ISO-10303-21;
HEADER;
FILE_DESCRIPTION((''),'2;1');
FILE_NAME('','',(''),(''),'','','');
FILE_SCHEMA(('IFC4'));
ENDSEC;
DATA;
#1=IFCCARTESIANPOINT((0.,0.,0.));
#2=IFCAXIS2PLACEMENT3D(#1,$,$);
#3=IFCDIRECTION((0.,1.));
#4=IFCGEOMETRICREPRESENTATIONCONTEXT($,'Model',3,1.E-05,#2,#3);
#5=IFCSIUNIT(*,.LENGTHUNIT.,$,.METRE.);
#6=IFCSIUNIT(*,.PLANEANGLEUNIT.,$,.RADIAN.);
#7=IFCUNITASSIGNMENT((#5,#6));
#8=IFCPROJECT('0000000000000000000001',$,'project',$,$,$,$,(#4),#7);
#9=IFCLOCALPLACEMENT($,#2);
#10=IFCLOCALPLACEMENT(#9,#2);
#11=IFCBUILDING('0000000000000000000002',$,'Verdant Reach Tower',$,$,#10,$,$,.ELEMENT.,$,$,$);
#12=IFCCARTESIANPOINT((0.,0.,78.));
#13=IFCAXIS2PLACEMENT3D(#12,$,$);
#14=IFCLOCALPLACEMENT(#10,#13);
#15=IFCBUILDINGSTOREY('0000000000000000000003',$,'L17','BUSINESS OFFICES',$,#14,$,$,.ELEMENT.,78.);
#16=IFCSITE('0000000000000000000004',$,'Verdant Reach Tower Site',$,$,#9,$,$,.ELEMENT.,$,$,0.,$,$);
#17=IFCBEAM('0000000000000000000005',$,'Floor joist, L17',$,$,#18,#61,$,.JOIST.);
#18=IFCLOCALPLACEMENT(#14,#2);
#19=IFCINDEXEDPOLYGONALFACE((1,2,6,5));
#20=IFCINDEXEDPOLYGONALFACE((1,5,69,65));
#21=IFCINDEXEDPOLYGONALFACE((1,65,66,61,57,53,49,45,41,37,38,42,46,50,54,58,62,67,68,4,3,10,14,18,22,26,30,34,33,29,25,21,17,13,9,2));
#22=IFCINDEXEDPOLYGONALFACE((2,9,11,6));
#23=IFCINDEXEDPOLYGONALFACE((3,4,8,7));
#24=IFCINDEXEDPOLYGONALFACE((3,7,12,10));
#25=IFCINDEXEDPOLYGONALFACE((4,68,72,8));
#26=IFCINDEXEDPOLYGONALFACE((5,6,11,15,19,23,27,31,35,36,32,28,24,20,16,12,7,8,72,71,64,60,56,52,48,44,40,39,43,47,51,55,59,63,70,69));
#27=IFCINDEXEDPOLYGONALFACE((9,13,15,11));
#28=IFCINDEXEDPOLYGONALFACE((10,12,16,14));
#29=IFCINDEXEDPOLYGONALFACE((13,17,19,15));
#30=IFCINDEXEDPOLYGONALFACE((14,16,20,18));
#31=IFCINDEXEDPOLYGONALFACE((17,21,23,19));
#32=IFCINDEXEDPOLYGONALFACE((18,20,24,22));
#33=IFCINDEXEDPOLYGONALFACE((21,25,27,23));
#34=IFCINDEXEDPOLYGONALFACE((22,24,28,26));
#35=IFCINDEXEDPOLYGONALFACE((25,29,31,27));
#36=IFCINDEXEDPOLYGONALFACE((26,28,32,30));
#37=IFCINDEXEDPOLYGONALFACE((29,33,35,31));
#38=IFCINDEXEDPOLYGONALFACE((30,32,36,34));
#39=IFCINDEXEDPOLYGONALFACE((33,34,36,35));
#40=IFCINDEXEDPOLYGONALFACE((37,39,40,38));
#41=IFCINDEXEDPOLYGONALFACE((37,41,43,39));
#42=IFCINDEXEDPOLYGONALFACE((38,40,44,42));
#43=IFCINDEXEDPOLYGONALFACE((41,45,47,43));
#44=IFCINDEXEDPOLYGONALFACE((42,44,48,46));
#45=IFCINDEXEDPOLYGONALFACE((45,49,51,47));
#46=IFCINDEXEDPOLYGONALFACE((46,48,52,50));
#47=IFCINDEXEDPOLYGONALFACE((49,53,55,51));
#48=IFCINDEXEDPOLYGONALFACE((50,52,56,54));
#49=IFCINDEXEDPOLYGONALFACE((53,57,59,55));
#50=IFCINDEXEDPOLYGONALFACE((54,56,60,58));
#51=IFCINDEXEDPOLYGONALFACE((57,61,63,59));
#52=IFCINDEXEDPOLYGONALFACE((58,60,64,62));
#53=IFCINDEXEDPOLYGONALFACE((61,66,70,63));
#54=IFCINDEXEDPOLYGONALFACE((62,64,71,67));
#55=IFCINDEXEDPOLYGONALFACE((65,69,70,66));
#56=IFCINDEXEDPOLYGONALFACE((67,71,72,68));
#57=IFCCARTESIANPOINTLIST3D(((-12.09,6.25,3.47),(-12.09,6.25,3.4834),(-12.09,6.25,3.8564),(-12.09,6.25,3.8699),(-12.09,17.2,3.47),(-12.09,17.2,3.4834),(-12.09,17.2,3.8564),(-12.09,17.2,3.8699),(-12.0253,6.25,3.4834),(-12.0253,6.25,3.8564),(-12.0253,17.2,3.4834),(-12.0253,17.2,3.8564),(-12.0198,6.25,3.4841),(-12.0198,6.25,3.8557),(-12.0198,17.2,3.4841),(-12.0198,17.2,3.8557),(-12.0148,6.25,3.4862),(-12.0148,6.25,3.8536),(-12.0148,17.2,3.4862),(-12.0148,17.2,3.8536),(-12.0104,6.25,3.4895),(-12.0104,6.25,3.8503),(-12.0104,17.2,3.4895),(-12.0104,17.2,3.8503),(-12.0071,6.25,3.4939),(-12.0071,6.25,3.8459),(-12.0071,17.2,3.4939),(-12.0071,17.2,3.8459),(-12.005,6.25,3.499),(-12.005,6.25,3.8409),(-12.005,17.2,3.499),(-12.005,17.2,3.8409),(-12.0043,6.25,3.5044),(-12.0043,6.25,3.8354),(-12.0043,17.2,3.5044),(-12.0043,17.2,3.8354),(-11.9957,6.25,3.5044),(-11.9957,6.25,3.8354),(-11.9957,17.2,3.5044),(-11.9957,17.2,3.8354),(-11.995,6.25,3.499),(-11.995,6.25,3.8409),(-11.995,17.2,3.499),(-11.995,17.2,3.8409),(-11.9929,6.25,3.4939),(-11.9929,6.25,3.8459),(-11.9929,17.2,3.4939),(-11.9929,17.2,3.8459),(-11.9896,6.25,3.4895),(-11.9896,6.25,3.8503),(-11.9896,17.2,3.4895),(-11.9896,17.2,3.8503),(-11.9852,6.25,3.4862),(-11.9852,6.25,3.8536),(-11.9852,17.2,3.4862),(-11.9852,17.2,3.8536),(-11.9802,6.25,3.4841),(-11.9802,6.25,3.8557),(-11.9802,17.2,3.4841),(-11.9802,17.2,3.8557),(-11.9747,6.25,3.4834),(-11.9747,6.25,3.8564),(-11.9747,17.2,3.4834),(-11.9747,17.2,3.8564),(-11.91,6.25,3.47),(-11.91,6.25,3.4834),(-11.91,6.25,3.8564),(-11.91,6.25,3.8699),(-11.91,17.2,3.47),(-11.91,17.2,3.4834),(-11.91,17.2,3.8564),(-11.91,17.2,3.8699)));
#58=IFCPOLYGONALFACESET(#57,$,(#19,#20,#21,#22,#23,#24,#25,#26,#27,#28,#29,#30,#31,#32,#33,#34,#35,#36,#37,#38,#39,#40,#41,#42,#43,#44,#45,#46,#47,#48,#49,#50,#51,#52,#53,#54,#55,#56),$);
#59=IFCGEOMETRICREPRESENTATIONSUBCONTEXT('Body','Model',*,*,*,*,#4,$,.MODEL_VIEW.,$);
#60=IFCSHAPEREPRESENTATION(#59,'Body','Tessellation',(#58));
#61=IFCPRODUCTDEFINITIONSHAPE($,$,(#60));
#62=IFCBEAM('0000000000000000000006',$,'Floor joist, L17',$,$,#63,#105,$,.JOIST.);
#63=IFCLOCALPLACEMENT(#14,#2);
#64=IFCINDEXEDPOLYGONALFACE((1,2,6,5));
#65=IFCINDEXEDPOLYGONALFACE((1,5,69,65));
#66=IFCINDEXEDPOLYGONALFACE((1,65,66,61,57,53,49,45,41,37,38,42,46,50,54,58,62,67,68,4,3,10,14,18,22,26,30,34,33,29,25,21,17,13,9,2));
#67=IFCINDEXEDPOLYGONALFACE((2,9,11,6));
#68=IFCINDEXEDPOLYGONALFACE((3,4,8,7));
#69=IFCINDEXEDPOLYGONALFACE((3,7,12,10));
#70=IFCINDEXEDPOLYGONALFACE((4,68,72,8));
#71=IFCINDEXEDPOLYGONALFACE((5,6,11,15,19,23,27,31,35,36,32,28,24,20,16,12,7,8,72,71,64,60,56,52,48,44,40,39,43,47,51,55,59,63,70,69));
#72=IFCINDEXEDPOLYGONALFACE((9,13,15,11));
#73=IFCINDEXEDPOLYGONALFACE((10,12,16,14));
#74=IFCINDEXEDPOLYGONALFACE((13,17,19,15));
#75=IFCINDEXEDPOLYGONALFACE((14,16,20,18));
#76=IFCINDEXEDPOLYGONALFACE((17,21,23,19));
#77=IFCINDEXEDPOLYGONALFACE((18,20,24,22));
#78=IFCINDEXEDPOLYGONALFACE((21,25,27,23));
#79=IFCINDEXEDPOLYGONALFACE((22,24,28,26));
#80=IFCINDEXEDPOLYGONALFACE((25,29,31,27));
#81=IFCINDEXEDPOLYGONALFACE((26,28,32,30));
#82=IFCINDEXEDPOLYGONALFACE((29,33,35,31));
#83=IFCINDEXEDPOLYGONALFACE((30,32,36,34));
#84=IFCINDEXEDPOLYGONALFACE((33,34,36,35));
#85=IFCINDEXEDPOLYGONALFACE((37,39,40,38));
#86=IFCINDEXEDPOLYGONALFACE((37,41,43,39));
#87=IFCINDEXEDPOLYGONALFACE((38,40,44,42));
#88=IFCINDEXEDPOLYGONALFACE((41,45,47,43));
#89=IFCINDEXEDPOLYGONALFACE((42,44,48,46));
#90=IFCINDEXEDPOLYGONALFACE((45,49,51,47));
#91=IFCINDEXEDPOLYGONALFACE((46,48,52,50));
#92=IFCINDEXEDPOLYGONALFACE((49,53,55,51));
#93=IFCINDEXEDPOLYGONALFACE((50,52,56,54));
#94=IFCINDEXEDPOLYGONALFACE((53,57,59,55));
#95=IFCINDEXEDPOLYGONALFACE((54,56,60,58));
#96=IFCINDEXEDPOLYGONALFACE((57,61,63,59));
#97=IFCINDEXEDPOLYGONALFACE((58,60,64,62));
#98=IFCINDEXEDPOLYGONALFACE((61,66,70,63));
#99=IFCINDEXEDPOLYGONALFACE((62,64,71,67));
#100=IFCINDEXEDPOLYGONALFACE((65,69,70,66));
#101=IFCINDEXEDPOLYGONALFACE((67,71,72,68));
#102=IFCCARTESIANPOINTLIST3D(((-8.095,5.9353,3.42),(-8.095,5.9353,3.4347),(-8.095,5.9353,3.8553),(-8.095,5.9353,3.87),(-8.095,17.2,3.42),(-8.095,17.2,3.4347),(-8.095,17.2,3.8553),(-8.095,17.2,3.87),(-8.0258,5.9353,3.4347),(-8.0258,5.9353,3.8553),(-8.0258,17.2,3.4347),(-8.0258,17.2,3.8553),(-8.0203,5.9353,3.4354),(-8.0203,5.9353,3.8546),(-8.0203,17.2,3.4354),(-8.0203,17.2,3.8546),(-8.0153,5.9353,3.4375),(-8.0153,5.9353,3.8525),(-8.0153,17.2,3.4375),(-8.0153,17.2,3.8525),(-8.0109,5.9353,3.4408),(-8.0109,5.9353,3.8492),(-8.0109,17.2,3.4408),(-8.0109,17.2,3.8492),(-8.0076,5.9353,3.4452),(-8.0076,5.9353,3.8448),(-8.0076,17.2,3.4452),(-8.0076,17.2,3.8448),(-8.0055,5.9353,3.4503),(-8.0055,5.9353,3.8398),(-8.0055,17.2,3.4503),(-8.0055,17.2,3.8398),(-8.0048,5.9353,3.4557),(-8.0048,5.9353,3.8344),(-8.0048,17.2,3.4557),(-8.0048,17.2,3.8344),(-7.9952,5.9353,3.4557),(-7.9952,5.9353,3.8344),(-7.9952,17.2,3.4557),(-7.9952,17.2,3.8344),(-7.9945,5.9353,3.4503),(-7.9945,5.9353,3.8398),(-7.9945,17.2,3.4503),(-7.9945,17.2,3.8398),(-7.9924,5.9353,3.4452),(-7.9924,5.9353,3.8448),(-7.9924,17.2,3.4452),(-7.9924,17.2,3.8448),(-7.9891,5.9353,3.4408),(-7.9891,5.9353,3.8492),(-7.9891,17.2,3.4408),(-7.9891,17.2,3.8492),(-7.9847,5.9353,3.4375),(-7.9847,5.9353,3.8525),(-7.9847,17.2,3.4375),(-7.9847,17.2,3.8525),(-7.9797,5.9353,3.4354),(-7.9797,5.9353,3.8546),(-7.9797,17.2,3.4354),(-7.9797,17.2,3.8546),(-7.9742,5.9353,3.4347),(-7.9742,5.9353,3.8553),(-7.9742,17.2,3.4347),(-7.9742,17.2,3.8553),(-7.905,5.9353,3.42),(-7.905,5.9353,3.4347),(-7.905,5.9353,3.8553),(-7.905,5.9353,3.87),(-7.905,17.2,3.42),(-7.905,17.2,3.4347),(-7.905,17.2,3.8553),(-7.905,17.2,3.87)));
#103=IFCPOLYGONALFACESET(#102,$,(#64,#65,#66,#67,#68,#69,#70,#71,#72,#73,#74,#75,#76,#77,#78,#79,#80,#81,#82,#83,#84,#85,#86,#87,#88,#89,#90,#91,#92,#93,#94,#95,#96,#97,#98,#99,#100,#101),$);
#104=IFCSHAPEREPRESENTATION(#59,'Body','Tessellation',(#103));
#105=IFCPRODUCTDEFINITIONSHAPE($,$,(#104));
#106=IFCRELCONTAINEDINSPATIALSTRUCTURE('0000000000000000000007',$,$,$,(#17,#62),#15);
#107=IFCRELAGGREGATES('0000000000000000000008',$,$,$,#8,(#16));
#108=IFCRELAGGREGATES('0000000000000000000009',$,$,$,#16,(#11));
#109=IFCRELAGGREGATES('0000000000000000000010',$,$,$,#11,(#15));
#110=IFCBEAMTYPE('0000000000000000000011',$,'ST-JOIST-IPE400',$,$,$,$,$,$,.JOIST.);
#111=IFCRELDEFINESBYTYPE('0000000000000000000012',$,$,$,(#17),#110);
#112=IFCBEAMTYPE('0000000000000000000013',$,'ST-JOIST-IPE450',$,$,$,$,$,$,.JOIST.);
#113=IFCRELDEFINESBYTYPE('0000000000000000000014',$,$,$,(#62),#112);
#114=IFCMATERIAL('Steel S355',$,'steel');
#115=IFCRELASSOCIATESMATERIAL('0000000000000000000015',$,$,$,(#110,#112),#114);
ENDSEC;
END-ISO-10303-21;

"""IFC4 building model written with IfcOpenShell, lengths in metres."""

from ifc_helpers import new_model, si_unit, direction, frame, origin, origin_2d, place, context, subcontext, project, spatial, i_section, extrude, material, material_profile, profile_set, type_object, element, save


model = new_model("IFC4")

# Units and contexts
model_context = context("Model", 3, precision=1e-05, world=origin(), true_north=direction((0.0, 1.0)))
body_context = subcontext(model_context, "Body", "Model", "MODEL_VIEW")
ifc_project = project(units=[si_unit("LENGTHUNIT", "METRE"), si_unit("PLANEANGLEUNIT", "RADIAN")], contexts=[model_context])

# Site, building, storey
site_placement = place(None, origin())
site = spatial("IfcSite", under=ifc_project, at=site_placement, Name="Verdant Reach Tower Site", CompositionType="ELEMENT", RefElevation=0.0)
building_placement = place(site_placement, origin())
building = spatial("IfcBuilding", under=site, at=building_placement, Name="Verdant Reach Tower", CompositionType="ELEMENT")
storey_placement = place(building_placement, frame((0.0, 0.0, 78.0)))
storey = spatial("IfcBuildingStorey", under=building, at=storey_placement, Name="L17", Description="BUSINESS OFFICES", CompositionType="ELEMENT", Elevation=78.0)

# Beams
ifc_material_1 = material(Name="Steel S355", Category="steel")
ifc_material_profile_1 = material_profile(ifc_material_1, i_section(OverallWidth=0.1799, OverallDepth=0.3999, WebThickness=0.0085, FlangeThickness=0.0134, FilletRadius=0.021, at=origin_2d()), Name="IPE 400")
ifc_profile_set_1 = profile_set([ifc_material_profile_1], Name="Steel S355")
beam_type_1 = type_object("IfcBeamType", Name="ST-JOIST-IPE400", PredefinedType="JOIST", material=ifc_profile_set_1)
beam_1_placement = place(storey_placement, frame((-12.0, 17.2, 3.6699), z_axis=(0.0, -1.0, 0.0), x_axis=(1.0, 0.0, 0.0)))
element("IfcBeam", 1, at=beam_1_placement, inside=storey, type_object=beam_type_1, Name="Floor joist, L17", PredefinedType="JOIST", context=body_context, shape_type="SweptSolid", body=[
    extrude(i_section(OverallWidth=0.1799, OverallDepth=0.3999, WebThickness=0.0085, FlangeThickness=0.0134, FilletRadius=0.021, at=origin_2d()), origin(), (0.0, 0.0, 1.0), 10.95),
])
ifc_material_profile_2 = material_profile(ifc_material_1, i_section(OverallWidth=0.1899, OverallDepth=0.45, WebThickness=0.0095, FlangeThickness=0.0146, FilletRadius=0.021, at=origin_2d()), Name="IPE 450")
ifc_profile_set_2 = profile_set([ifc_material_profile_2], Name="Steel S355")
beam_type_2 = type_object("IfcBeamType", Name="ST-JOIST-IPE450", PredefinedType="JOIST", material=ifc_profile_set_2)
beam_2_placement = place(storey_placement, frame((-8.0, 17.2, 3.645), z_axis=(0.0, -1.0, 0.0), x_axis=(1.0, 0.0, 0.0)))
element("IfcBeam", 2, at=beam_2_placement, inside=storey, type_object=beam_type_2, Name="Floor joist, L17", PredefinedType="JOIST", context=body_context, shape_type="SweptSolid", body=[
    extrude(i_section(OverallWidth=0.1899, OverallDepth=0.45, WebThickness=0.0095, FlangeThickness=0.0146, FilletRadius=0.021, at=origin_2d()), origin(), (0.0, 0.0, 1.0), 11.2646),
])

save(model, "model.ifc")
